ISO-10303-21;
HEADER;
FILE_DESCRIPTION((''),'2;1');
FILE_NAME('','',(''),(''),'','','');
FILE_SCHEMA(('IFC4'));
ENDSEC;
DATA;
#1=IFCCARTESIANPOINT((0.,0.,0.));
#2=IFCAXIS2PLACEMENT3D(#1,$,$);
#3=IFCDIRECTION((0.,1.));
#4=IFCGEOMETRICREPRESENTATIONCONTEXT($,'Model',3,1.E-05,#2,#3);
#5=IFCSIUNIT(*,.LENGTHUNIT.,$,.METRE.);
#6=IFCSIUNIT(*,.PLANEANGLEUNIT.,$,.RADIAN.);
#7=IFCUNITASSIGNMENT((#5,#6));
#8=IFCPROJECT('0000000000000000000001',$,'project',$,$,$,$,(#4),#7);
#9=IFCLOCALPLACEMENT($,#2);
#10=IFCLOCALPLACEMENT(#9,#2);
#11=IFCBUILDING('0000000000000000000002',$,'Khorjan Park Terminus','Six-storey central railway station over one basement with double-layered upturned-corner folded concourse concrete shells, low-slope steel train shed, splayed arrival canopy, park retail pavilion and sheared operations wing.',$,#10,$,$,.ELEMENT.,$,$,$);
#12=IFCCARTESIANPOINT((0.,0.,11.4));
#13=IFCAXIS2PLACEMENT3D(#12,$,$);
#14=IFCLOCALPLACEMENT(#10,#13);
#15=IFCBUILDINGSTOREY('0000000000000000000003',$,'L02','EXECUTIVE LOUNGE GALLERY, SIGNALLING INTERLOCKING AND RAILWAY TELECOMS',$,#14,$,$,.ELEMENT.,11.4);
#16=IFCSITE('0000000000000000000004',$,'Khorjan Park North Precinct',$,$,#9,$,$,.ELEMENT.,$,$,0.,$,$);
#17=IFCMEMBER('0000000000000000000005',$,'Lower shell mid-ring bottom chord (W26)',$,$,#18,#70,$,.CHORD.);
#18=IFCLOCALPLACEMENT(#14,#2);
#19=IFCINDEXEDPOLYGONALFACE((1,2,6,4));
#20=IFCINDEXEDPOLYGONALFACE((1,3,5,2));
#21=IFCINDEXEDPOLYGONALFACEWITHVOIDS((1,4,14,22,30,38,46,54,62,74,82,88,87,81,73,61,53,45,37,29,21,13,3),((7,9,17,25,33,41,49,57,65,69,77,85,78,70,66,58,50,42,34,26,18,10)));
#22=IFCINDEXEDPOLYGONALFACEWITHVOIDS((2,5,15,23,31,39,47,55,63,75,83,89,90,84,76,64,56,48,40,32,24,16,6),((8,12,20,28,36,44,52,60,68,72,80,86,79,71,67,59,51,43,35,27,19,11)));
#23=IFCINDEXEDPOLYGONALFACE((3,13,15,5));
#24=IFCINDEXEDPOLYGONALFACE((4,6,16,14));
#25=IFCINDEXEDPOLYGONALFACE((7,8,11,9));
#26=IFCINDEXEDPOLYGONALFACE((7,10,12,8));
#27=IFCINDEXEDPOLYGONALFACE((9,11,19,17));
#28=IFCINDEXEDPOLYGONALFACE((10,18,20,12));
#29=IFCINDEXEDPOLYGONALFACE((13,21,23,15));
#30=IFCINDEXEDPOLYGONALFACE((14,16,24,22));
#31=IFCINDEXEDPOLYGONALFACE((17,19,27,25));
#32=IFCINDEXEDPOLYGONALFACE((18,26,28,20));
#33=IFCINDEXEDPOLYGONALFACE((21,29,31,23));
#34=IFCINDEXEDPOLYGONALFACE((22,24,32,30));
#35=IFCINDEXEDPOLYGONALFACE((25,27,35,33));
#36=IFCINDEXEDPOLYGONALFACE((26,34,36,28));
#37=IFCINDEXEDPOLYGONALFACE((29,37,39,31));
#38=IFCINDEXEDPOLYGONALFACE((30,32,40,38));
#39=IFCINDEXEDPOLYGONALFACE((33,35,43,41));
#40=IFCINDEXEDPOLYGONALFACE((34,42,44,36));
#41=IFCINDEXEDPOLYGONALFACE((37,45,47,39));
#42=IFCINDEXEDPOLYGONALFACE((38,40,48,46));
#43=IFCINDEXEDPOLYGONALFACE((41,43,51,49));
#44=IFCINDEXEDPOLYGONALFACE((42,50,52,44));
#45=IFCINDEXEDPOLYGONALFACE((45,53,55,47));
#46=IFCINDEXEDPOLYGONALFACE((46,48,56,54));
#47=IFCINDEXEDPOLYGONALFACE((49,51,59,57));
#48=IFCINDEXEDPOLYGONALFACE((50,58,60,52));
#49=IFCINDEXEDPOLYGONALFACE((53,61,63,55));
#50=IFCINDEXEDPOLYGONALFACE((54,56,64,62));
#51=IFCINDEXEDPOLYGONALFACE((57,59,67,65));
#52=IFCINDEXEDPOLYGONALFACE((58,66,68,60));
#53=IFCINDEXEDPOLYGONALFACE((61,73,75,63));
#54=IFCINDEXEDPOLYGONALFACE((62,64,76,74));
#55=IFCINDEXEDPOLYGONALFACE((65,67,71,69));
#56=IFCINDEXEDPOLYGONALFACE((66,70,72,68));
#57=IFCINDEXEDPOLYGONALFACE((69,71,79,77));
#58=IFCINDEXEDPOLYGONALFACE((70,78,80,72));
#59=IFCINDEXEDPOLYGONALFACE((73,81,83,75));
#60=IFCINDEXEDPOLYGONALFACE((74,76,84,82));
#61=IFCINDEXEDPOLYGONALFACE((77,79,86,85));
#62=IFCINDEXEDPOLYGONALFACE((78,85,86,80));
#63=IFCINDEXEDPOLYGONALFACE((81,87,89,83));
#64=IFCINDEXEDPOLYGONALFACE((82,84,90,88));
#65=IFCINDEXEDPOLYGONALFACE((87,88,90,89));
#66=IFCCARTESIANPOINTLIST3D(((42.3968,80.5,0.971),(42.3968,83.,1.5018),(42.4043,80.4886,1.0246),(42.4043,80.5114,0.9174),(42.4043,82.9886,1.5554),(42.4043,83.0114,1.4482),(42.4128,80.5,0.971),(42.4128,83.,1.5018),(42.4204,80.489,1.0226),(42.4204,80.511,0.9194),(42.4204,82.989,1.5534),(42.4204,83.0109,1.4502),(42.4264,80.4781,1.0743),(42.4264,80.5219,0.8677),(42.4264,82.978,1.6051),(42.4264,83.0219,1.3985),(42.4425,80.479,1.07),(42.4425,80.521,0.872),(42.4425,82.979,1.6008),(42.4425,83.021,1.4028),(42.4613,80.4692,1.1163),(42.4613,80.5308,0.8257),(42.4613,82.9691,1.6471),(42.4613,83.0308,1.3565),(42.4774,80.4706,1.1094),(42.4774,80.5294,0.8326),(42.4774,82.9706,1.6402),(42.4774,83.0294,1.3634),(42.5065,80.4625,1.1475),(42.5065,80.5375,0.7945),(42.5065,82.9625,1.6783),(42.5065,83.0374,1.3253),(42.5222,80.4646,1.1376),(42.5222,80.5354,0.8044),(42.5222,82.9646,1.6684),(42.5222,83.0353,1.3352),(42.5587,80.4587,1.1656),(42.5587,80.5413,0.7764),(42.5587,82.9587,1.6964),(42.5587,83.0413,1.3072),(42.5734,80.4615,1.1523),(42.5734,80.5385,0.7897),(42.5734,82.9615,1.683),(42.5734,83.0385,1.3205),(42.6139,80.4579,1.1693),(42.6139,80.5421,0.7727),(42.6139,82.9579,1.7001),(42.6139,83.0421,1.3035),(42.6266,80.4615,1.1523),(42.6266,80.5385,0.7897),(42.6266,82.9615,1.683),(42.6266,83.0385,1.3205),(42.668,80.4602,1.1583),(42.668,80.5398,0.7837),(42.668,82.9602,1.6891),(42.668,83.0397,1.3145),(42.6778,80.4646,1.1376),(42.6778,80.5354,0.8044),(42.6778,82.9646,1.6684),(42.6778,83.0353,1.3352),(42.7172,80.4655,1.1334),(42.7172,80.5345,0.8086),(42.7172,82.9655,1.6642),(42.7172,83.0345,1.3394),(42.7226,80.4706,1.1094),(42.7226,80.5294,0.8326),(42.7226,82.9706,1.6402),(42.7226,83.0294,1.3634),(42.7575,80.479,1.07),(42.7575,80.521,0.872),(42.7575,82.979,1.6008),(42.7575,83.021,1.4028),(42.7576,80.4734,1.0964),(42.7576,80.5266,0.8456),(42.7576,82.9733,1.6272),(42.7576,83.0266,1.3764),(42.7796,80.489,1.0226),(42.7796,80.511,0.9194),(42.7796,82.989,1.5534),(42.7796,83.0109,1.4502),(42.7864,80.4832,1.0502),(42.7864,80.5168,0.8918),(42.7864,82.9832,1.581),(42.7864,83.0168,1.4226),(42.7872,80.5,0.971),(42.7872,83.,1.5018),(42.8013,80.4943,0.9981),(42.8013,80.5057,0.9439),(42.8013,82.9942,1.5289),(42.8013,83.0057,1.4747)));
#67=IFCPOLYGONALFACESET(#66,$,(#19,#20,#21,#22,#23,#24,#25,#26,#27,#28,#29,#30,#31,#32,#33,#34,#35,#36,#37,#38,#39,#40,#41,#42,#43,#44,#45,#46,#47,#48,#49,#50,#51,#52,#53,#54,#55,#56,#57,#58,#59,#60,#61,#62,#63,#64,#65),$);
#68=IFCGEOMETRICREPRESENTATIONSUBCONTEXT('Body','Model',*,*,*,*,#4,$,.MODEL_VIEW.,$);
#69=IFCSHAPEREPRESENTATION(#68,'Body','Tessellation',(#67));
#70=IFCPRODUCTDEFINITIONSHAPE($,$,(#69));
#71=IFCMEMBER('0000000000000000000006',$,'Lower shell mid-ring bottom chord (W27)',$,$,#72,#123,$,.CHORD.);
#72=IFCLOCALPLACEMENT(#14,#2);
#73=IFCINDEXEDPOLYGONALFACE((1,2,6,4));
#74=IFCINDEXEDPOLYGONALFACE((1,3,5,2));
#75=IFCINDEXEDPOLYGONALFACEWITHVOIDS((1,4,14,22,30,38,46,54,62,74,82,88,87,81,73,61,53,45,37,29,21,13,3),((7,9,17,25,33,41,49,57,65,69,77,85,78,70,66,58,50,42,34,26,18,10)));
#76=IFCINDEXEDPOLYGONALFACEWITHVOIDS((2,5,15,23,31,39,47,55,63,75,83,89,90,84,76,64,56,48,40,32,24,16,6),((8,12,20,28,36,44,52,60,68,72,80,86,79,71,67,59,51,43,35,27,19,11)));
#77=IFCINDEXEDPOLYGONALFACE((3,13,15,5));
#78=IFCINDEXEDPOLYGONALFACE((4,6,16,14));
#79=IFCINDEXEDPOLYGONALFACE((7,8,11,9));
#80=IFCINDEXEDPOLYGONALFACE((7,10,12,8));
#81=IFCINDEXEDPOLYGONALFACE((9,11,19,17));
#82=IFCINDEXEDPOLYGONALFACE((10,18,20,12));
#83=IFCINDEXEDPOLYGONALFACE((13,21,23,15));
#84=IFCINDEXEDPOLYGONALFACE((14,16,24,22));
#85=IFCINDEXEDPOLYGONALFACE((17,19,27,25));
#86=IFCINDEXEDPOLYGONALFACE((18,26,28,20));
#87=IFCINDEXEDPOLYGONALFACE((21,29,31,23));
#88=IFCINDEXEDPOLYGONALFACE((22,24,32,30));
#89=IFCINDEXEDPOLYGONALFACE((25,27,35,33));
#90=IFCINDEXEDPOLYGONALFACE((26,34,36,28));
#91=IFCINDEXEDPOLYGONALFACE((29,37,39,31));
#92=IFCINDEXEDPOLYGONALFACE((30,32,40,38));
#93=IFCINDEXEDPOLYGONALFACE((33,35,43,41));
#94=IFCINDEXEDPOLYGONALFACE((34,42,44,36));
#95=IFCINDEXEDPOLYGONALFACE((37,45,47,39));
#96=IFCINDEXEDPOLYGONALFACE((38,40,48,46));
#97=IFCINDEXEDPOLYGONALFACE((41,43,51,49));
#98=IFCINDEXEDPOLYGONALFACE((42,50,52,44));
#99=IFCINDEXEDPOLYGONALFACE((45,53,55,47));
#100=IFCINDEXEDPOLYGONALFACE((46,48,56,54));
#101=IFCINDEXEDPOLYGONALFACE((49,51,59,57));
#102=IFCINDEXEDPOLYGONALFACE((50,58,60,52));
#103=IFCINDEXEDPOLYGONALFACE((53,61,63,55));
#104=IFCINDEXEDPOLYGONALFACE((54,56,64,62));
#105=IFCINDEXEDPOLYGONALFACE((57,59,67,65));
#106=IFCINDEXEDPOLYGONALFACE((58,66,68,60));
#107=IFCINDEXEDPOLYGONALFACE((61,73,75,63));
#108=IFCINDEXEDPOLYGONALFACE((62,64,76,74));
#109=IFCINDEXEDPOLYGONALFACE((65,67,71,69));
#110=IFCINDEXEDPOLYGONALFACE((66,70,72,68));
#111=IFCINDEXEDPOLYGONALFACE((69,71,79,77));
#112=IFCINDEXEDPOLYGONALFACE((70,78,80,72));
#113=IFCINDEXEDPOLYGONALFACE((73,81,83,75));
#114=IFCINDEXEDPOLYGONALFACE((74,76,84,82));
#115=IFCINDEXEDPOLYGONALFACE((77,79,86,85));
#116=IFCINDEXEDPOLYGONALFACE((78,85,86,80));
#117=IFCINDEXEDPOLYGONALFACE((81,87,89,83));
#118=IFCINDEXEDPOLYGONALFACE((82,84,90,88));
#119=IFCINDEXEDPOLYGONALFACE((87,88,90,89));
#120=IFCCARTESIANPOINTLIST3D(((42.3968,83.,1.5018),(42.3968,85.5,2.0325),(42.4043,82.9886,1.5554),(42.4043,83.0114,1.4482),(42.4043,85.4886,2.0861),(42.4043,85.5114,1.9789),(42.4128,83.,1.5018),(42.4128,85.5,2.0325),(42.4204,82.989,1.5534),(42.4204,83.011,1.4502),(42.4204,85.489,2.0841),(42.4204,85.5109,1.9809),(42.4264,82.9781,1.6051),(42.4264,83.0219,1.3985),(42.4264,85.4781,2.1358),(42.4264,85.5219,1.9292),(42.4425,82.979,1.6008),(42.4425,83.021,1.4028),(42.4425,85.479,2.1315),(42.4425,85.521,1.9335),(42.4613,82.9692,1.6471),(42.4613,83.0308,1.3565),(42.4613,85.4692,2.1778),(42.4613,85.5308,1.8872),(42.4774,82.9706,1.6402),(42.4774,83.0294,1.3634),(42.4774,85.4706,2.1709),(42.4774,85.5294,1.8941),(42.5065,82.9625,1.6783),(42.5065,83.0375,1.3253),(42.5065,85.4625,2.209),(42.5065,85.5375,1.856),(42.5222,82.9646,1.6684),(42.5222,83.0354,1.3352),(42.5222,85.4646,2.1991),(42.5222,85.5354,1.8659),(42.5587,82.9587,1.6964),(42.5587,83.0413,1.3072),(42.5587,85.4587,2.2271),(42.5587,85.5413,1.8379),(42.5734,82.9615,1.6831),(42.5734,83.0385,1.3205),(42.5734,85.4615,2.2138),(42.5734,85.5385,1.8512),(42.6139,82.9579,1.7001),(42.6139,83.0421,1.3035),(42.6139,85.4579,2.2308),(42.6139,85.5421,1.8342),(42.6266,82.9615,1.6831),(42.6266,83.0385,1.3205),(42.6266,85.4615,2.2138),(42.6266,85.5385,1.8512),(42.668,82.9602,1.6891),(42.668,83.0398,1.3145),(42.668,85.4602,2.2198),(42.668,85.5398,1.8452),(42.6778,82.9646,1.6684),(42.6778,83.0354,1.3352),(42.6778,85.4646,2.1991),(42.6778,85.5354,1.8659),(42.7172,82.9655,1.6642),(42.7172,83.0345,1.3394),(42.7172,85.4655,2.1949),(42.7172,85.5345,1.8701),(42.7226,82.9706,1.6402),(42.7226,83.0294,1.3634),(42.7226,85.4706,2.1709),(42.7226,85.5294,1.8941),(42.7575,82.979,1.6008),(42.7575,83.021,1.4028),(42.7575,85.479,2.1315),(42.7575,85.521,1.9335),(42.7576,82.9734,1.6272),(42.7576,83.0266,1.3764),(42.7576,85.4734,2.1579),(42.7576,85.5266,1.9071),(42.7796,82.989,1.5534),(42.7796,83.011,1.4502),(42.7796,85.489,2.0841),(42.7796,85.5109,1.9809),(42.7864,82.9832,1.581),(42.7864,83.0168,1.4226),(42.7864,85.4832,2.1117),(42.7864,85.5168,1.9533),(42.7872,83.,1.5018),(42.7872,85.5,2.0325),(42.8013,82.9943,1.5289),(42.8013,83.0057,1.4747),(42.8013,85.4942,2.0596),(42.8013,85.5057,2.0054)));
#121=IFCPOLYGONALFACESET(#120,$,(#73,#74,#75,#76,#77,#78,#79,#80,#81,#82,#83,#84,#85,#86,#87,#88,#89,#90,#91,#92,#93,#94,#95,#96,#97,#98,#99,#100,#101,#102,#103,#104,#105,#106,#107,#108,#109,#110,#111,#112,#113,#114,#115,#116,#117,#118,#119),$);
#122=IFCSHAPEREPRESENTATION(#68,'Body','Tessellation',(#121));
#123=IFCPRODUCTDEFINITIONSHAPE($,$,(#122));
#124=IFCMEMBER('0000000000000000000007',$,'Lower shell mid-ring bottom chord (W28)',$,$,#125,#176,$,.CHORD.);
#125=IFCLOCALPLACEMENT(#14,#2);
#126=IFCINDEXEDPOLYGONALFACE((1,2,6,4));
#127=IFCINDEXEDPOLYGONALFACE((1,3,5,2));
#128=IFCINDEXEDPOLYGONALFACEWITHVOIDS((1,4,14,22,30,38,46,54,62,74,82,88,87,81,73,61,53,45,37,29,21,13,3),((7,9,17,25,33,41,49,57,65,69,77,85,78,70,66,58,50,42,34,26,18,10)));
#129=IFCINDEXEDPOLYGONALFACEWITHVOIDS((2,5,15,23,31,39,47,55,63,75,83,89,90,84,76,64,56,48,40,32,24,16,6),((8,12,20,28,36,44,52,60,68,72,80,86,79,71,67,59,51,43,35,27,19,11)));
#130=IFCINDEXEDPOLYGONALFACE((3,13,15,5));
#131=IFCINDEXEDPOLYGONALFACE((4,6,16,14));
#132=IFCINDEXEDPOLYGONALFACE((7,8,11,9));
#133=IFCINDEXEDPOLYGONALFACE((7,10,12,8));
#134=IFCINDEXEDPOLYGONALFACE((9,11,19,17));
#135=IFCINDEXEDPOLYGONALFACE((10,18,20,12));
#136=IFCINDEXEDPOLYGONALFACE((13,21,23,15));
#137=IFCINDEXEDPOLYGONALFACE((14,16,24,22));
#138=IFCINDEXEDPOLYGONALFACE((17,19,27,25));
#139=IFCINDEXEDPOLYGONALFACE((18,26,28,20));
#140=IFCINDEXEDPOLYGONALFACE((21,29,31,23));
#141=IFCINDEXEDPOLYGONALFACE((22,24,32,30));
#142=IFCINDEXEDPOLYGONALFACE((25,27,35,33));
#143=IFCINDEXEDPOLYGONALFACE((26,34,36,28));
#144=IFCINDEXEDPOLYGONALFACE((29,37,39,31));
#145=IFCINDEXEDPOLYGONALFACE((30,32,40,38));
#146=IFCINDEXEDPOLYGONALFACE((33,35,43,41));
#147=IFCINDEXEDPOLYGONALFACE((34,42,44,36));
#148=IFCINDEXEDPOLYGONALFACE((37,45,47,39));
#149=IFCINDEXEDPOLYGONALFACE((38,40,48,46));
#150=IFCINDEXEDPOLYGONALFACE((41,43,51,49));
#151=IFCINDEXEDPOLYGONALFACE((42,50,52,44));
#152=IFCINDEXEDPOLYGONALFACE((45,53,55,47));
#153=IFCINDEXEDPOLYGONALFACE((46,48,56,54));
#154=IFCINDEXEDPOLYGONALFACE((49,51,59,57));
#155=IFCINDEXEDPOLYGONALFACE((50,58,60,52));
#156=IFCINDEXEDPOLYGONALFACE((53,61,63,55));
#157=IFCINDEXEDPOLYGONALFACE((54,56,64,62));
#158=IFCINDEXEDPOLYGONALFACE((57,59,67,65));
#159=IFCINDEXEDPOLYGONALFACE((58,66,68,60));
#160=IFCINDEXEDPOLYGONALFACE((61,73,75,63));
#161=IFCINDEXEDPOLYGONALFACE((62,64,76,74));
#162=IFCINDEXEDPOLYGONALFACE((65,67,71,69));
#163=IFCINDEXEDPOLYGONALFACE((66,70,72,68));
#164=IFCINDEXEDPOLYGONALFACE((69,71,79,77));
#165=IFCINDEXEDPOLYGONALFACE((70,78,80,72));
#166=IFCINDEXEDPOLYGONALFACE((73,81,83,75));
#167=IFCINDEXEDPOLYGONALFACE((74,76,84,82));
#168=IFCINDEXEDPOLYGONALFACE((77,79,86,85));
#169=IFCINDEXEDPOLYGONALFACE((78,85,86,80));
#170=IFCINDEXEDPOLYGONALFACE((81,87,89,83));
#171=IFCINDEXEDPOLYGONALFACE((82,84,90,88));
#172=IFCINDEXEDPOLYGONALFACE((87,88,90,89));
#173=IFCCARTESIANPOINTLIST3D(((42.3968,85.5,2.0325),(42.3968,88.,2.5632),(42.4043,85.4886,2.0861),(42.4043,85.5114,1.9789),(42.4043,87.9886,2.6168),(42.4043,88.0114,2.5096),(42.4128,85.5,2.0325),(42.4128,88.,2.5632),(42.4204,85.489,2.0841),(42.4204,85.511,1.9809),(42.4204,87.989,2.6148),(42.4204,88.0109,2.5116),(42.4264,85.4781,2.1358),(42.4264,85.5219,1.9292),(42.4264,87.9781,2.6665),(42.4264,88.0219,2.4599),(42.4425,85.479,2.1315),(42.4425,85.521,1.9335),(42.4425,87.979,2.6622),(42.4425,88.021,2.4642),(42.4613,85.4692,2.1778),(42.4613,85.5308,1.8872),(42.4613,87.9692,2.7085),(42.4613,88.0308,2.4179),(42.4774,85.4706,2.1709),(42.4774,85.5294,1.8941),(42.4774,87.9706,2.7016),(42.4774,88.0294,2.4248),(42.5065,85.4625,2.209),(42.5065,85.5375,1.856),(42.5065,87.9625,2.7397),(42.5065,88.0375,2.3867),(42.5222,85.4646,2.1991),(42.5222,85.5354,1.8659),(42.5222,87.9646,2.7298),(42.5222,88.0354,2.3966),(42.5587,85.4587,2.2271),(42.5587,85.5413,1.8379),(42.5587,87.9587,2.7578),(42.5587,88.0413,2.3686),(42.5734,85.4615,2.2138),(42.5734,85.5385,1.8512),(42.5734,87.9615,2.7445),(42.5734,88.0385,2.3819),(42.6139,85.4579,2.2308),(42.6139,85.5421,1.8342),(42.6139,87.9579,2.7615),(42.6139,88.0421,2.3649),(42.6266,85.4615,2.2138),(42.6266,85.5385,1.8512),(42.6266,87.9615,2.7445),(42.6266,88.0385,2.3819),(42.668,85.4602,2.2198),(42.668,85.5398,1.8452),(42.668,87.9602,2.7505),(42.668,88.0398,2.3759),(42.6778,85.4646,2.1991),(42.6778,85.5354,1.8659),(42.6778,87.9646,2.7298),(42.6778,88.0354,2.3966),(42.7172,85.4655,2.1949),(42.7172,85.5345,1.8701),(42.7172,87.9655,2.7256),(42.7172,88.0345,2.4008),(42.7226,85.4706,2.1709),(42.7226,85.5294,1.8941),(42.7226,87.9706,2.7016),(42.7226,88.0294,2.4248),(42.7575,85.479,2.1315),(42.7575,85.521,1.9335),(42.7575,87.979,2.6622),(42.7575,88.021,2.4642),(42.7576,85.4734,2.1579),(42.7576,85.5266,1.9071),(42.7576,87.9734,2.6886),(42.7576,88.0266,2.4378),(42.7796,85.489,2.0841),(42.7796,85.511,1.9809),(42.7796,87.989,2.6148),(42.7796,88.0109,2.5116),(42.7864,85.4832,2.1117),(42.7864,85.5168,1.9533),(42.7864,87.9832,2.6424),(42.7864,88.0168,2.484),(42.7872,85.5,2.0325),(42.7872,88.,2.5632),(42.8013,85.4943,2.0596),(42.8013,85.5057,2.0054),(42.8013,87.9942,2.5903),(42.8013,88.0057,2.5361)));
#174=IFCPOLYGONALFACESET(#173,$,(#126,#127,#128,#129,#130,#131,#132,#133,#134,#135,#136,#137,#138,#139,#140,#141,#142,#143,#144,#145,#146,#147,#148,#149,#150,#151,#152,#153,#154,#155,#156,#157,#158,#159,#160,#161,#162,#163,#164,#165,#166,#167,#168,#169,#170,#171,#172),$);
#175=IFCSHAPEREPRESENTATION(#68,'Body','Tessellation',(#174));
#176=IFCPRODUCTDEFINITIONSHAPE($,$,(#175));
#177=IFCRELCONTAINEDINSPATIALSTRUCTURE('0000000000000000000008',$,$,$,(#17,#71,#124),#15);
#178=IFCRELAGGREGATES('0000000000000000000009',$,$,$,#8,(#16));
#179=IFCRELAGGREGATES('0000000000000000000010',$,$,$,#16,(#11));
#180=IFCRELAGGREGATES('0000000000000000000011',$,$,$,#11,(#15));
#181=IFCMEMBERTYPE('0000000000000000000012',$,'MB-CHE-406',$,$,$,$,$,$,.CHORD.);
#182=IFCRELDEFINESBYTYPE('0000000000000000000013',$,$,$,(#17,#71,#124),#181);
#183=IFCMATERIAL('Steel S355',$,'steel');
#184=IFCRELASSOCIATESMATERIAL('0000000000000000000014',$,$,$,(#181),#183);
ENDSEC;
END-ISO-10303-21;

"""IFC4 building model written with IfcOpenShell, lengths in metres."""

from ifc_helpers import new_model, si_unit, direction, frame, origin, origin_2d, place, context, subcontext, project, spatial, hollow_circle, extrude, material, material_profile, profile_set, type_object, element, save


model = new_model("IFC4")

# Units and contexts
model_context = context("Model", 3, precision=1e-05, world=origin(), true_north=direction((0.0, 1.0)))
body_context = subcontext(model_context, "Body", "Model", "MODEL_VIEW")
ifc_project = project(units=[si_unit("LENGTHUNIT", "METRE"), si_unit("PLANEANGLEUNIT", "RADIAN")], contexts=[model_context])

# Site, building, storey
site_placement = place(None, origin())
site = spatial("IfcSite", under=ifc_project, at=site_placement, Name="Khorjan Park North Precinct", CompositionType="ELEMENT", RefElevation=0.0)
building_placement = place(site_placement, origin())
building = spatial("IfcBuilding", under=site, at=building_placement, Name="Khorjan Park Terminus", Description="Six-storey central railway station over one basement with double-layered upturned-corner folded concourse concrete shells, low-slope steel train shed, splayed arrival canopy, park retail pavilion and sheared operations wing.", CompositionType="ELEMENT")
storey_placement = place(building_placement, frame((0.0, 0.0, 11.4)))
storey = spatial("IfcBuildingStorey", under=building, at=storey_placement, Name="L02", Description="EXECUTIVE LOUNGE GALLERY, SIGNALLING INTERLOCKING AND RAILWAY TELECOMS", CompositionType="ELEMENT", Elevation=11.4)

# Shared definitions
ifc_material_1 = material(Name="Steel S355", Category="steel")

# Members
ifc_material_profile_1 = material_profile(ifc_material_1, hollow_circle(Radius=0.2032, WallThickness=0.016, at=origin_2d()), Name="CHS 406.4x16")
ifc_profile_set_1 = profile_set([ifc_material_profile_1], Name="Steel S355")
member_type_1 = type_object("IfcMemberType", Name="MB-CHE-406", PredefinedType="CHORD", material=ifc_profile_set_1)
for number, where, z_axis, x_axis, name in (
    (1, (42.6, 80.5, 0.971), (0.0, 0.978195, 0.20769), (-1.0, 0.0, 0.0), "Lower shell mid-ring bottom chord (W26)"),
    (2, (42.6, 83.0, 1.5018), (0.0, 0.978203, 0.207653), (-1.0, 0.0, 0.0), "Lower shell mid-ring bottom chord (W27)"),
    (3, (42.6, 85.5, 2.0325), (0.0, 0.978203, 0.207653), (-1.0, 0.0, 0.0), "Lower shell mid-ring bottom chord (W28)"),
):
    element("IfcMember", number, at=place(storey_placement, frame(where, z_axis=z_axis, x_axis=x_axis)), inside=storey, type_object=member_type_1, Name=name, PredefinedType="CHORD", context=body_context, shape_type="SweptSolid", body=[
        extrude(hollow_circle(Radius=0.2032, WallThickness=0.016, at=origin_2d()), origin(), (0.0, 0.0, 1.0), 2.5557),
    ])

save(model, "model.ifc")
